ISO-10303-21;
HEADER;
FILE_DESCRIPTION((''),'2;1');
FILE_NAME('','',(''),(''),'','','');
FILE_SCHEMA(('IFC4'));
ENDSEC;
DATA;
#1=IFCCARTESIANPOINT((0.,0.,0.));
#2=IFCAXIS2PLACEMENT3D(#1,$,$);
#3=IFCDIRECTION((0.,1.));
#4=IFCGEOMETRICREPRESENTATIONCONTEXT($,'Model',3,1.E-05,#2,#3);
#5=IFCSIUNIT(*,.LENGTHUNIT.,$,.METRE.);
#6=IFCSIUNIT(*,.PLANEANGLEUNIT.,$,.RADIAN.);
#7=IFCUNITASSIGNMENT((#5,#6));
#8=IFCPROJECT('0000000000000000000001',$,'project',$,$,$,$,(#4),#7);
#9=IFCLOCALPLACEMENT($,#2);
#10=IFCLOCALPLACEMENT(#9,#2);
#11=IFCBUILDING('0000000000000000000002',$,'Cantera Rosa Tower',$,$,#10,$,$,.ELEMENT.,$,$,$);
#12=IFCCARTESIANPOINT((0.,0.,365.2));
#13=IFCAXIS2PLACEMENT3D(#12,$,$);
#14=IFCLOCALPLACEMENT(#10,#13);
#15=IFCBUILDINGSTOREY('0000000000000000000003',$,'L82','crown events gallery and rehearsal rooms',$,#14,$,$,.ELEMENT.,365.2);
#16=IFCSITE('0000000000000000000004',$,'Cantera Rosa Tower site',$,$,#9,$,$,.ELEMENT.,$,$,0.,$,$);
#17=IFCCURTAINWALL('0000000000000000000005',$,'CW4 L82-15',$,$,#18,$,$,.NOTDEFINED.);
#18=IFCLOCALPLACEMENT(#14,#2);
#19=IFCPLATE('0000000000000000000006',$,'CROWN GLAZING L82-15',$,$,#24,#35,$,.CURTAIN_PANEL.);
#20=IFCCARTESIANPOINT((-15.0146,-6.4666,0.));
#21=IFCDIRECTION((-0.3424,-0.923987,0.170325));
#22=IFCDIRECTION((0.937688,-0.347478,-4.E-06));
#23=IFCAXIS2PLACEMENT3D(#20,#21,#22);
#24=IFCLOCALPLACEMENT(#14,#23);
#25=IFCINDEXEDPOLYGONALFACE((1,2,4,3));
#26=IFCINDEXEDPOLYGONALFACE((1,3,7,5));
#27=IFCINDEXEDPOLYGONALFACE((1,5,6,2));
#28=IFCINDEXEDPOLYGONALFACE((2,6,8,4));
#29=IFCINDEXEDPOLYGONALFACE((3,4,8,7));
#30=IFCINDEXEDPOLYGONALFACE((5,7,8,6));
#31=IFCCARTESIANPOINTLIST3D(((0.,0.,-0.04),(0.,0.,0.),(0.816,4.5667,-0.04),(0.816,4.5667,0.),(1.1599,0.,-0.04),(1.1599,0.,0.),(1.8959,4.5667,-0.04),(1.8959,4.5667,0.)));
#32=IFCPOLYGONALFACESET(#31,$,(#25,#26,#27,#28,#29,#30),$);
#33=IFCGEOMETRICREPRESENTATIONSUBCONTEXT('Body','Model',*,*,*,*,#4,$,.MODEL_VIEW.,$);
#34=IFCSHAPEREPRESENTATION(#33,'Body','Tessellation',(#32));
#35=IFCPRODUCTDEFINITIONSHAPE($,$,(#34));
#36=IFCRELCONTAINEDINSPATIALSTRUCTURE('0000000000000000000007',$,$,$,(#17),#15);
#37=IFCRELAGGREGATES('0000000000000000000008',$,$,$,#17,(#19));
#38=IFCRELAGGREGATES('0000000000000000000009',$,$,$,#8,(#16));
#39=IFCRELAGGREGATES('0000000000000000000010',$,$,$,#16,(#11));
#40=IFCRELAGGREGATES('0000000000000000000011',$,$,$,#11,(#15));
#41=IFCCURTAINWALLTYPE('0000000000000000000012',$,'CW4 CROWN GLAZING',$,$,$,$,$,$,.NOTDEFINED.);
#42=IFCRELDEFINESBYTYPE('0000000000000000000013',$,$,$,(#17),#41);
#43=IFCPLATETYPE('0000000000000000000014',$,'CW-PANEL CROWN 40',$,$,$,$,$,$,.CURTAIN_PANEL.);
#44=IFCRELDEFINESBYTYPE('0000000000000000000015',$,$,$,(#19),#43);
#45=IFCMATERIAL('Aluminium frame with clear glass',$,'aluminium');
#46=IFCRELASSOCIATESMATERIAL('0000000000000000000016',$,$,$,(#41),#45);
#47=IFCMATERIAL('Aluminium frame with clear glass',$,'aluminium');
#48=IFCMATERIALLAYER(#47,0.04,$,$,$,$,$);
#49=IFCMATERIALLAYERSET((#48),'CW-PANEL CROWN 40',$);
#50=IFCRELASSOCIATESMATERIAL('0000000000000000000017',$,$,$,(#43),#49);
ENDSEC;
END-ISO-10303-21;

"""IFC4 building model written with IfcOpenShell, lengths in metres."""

from ifc_helpers import new_model, si_unit, direction, frame, origin, place, context, subcontext, project, spatial, polyline, outline, extrude, material, layer, layer_set, type_object, element, aggregate, save


model = new_model("IFC4")

# Units and contexts
model_context = context("Model", 3, precision=1e-05, world=origin(), true_north=direction((0.0, 1.0)))
body_context = subcontext(model_context, "Body", "Model", "MODEL_VIEW")
ifc_project = project(units=[si_unit("LENGTHUNIT", "METRE"), si_unit("PLANEANGLEUNIT", "RADIAN")], contexts=[model_context])

# Site, building, storey
site_placement = place(None, origin())
site = spatial("IfcSite", under=ifc_project, at=site_placement, Name="Cantera Rosa Tower site", CompositionType="ELEMENT", RefElevation=0.0)
building_placement = place(site_placement, origin())
building = spatial("IfcBuilding", under=site, at=building_placement, Name="Cantera Rosa Tower", CompositionType="ELEMENT")
storey_placement = place(building_placement, frame((0.0, 0.0, 365.2)))
storey = spatial("IfcBuildingStorey", under=building, at=storey_placement, Name="L82", Description="crown events gallery and rehearsal rooms", CompositionType="ELEMENT", Elevation=365.2)

# Curtain wall
ifc_material_1 = material(Name="Aluminium frame with clear glass", Category="aluminium")
curtain_wall_type = type_object("IfcCurtainWallType", Name="CW4 CROWN GLAZING", PredefinedType="NOTDEFINED", material=ifc_material_1)
curtain_wall_1_placement = place(storey_placement, origin())
curtain_wall_1 = element("IfcCurtainWall", 1, at=curtain_wall_1_placement, inside=storey, type_object=curtain_wall_type, Name="CW4 L82-15", PredefinedType="NOTDEFINED")

# Plate
ifc_material_2 = material(Name="Aluminium frame with clear glass", Category="aluminium")
ifc_layer_1 = layer(ifc_material_2, 0.04)
ifc_layer_set_1 = layer_set([ifc_layer_1], Name="CW-PANEL CROWN 40")
plate_type = type_object("IfcPlateType", Name="CW-PANEL CROWN 40", PredefinedType="CURTAIN_PANEL", material=ifc_layer_set_1)
plate_1_placement = place(storey_placement, frame((-15.0146, -6.4666, 0.0), z_axis=(-0.3424, -0.923987, 0.170325), x_axis=(0.937688, -0.347478, -0.000004)))
plate_1 = element("IfcPlate", 2, at=plate_1_placement, type_object=plate_type, Name="CROWN GLAZING L82-15", PredefinedType="CURTAIN_PANEL", context=body_context, shape_type="SweptSolid", body=[
    extrude(outline(polyline([(0.0, 0.0), (1.1599, 0.0), (1.8959, 4.5667), (0.816, 4.5667), (0.0, 0.0)])), origin(), (0.0, 0.0, -1.0), 0.04),
])

aggregate(curtain_wall_1, [plate_1])

save(model, "model.ifc")
